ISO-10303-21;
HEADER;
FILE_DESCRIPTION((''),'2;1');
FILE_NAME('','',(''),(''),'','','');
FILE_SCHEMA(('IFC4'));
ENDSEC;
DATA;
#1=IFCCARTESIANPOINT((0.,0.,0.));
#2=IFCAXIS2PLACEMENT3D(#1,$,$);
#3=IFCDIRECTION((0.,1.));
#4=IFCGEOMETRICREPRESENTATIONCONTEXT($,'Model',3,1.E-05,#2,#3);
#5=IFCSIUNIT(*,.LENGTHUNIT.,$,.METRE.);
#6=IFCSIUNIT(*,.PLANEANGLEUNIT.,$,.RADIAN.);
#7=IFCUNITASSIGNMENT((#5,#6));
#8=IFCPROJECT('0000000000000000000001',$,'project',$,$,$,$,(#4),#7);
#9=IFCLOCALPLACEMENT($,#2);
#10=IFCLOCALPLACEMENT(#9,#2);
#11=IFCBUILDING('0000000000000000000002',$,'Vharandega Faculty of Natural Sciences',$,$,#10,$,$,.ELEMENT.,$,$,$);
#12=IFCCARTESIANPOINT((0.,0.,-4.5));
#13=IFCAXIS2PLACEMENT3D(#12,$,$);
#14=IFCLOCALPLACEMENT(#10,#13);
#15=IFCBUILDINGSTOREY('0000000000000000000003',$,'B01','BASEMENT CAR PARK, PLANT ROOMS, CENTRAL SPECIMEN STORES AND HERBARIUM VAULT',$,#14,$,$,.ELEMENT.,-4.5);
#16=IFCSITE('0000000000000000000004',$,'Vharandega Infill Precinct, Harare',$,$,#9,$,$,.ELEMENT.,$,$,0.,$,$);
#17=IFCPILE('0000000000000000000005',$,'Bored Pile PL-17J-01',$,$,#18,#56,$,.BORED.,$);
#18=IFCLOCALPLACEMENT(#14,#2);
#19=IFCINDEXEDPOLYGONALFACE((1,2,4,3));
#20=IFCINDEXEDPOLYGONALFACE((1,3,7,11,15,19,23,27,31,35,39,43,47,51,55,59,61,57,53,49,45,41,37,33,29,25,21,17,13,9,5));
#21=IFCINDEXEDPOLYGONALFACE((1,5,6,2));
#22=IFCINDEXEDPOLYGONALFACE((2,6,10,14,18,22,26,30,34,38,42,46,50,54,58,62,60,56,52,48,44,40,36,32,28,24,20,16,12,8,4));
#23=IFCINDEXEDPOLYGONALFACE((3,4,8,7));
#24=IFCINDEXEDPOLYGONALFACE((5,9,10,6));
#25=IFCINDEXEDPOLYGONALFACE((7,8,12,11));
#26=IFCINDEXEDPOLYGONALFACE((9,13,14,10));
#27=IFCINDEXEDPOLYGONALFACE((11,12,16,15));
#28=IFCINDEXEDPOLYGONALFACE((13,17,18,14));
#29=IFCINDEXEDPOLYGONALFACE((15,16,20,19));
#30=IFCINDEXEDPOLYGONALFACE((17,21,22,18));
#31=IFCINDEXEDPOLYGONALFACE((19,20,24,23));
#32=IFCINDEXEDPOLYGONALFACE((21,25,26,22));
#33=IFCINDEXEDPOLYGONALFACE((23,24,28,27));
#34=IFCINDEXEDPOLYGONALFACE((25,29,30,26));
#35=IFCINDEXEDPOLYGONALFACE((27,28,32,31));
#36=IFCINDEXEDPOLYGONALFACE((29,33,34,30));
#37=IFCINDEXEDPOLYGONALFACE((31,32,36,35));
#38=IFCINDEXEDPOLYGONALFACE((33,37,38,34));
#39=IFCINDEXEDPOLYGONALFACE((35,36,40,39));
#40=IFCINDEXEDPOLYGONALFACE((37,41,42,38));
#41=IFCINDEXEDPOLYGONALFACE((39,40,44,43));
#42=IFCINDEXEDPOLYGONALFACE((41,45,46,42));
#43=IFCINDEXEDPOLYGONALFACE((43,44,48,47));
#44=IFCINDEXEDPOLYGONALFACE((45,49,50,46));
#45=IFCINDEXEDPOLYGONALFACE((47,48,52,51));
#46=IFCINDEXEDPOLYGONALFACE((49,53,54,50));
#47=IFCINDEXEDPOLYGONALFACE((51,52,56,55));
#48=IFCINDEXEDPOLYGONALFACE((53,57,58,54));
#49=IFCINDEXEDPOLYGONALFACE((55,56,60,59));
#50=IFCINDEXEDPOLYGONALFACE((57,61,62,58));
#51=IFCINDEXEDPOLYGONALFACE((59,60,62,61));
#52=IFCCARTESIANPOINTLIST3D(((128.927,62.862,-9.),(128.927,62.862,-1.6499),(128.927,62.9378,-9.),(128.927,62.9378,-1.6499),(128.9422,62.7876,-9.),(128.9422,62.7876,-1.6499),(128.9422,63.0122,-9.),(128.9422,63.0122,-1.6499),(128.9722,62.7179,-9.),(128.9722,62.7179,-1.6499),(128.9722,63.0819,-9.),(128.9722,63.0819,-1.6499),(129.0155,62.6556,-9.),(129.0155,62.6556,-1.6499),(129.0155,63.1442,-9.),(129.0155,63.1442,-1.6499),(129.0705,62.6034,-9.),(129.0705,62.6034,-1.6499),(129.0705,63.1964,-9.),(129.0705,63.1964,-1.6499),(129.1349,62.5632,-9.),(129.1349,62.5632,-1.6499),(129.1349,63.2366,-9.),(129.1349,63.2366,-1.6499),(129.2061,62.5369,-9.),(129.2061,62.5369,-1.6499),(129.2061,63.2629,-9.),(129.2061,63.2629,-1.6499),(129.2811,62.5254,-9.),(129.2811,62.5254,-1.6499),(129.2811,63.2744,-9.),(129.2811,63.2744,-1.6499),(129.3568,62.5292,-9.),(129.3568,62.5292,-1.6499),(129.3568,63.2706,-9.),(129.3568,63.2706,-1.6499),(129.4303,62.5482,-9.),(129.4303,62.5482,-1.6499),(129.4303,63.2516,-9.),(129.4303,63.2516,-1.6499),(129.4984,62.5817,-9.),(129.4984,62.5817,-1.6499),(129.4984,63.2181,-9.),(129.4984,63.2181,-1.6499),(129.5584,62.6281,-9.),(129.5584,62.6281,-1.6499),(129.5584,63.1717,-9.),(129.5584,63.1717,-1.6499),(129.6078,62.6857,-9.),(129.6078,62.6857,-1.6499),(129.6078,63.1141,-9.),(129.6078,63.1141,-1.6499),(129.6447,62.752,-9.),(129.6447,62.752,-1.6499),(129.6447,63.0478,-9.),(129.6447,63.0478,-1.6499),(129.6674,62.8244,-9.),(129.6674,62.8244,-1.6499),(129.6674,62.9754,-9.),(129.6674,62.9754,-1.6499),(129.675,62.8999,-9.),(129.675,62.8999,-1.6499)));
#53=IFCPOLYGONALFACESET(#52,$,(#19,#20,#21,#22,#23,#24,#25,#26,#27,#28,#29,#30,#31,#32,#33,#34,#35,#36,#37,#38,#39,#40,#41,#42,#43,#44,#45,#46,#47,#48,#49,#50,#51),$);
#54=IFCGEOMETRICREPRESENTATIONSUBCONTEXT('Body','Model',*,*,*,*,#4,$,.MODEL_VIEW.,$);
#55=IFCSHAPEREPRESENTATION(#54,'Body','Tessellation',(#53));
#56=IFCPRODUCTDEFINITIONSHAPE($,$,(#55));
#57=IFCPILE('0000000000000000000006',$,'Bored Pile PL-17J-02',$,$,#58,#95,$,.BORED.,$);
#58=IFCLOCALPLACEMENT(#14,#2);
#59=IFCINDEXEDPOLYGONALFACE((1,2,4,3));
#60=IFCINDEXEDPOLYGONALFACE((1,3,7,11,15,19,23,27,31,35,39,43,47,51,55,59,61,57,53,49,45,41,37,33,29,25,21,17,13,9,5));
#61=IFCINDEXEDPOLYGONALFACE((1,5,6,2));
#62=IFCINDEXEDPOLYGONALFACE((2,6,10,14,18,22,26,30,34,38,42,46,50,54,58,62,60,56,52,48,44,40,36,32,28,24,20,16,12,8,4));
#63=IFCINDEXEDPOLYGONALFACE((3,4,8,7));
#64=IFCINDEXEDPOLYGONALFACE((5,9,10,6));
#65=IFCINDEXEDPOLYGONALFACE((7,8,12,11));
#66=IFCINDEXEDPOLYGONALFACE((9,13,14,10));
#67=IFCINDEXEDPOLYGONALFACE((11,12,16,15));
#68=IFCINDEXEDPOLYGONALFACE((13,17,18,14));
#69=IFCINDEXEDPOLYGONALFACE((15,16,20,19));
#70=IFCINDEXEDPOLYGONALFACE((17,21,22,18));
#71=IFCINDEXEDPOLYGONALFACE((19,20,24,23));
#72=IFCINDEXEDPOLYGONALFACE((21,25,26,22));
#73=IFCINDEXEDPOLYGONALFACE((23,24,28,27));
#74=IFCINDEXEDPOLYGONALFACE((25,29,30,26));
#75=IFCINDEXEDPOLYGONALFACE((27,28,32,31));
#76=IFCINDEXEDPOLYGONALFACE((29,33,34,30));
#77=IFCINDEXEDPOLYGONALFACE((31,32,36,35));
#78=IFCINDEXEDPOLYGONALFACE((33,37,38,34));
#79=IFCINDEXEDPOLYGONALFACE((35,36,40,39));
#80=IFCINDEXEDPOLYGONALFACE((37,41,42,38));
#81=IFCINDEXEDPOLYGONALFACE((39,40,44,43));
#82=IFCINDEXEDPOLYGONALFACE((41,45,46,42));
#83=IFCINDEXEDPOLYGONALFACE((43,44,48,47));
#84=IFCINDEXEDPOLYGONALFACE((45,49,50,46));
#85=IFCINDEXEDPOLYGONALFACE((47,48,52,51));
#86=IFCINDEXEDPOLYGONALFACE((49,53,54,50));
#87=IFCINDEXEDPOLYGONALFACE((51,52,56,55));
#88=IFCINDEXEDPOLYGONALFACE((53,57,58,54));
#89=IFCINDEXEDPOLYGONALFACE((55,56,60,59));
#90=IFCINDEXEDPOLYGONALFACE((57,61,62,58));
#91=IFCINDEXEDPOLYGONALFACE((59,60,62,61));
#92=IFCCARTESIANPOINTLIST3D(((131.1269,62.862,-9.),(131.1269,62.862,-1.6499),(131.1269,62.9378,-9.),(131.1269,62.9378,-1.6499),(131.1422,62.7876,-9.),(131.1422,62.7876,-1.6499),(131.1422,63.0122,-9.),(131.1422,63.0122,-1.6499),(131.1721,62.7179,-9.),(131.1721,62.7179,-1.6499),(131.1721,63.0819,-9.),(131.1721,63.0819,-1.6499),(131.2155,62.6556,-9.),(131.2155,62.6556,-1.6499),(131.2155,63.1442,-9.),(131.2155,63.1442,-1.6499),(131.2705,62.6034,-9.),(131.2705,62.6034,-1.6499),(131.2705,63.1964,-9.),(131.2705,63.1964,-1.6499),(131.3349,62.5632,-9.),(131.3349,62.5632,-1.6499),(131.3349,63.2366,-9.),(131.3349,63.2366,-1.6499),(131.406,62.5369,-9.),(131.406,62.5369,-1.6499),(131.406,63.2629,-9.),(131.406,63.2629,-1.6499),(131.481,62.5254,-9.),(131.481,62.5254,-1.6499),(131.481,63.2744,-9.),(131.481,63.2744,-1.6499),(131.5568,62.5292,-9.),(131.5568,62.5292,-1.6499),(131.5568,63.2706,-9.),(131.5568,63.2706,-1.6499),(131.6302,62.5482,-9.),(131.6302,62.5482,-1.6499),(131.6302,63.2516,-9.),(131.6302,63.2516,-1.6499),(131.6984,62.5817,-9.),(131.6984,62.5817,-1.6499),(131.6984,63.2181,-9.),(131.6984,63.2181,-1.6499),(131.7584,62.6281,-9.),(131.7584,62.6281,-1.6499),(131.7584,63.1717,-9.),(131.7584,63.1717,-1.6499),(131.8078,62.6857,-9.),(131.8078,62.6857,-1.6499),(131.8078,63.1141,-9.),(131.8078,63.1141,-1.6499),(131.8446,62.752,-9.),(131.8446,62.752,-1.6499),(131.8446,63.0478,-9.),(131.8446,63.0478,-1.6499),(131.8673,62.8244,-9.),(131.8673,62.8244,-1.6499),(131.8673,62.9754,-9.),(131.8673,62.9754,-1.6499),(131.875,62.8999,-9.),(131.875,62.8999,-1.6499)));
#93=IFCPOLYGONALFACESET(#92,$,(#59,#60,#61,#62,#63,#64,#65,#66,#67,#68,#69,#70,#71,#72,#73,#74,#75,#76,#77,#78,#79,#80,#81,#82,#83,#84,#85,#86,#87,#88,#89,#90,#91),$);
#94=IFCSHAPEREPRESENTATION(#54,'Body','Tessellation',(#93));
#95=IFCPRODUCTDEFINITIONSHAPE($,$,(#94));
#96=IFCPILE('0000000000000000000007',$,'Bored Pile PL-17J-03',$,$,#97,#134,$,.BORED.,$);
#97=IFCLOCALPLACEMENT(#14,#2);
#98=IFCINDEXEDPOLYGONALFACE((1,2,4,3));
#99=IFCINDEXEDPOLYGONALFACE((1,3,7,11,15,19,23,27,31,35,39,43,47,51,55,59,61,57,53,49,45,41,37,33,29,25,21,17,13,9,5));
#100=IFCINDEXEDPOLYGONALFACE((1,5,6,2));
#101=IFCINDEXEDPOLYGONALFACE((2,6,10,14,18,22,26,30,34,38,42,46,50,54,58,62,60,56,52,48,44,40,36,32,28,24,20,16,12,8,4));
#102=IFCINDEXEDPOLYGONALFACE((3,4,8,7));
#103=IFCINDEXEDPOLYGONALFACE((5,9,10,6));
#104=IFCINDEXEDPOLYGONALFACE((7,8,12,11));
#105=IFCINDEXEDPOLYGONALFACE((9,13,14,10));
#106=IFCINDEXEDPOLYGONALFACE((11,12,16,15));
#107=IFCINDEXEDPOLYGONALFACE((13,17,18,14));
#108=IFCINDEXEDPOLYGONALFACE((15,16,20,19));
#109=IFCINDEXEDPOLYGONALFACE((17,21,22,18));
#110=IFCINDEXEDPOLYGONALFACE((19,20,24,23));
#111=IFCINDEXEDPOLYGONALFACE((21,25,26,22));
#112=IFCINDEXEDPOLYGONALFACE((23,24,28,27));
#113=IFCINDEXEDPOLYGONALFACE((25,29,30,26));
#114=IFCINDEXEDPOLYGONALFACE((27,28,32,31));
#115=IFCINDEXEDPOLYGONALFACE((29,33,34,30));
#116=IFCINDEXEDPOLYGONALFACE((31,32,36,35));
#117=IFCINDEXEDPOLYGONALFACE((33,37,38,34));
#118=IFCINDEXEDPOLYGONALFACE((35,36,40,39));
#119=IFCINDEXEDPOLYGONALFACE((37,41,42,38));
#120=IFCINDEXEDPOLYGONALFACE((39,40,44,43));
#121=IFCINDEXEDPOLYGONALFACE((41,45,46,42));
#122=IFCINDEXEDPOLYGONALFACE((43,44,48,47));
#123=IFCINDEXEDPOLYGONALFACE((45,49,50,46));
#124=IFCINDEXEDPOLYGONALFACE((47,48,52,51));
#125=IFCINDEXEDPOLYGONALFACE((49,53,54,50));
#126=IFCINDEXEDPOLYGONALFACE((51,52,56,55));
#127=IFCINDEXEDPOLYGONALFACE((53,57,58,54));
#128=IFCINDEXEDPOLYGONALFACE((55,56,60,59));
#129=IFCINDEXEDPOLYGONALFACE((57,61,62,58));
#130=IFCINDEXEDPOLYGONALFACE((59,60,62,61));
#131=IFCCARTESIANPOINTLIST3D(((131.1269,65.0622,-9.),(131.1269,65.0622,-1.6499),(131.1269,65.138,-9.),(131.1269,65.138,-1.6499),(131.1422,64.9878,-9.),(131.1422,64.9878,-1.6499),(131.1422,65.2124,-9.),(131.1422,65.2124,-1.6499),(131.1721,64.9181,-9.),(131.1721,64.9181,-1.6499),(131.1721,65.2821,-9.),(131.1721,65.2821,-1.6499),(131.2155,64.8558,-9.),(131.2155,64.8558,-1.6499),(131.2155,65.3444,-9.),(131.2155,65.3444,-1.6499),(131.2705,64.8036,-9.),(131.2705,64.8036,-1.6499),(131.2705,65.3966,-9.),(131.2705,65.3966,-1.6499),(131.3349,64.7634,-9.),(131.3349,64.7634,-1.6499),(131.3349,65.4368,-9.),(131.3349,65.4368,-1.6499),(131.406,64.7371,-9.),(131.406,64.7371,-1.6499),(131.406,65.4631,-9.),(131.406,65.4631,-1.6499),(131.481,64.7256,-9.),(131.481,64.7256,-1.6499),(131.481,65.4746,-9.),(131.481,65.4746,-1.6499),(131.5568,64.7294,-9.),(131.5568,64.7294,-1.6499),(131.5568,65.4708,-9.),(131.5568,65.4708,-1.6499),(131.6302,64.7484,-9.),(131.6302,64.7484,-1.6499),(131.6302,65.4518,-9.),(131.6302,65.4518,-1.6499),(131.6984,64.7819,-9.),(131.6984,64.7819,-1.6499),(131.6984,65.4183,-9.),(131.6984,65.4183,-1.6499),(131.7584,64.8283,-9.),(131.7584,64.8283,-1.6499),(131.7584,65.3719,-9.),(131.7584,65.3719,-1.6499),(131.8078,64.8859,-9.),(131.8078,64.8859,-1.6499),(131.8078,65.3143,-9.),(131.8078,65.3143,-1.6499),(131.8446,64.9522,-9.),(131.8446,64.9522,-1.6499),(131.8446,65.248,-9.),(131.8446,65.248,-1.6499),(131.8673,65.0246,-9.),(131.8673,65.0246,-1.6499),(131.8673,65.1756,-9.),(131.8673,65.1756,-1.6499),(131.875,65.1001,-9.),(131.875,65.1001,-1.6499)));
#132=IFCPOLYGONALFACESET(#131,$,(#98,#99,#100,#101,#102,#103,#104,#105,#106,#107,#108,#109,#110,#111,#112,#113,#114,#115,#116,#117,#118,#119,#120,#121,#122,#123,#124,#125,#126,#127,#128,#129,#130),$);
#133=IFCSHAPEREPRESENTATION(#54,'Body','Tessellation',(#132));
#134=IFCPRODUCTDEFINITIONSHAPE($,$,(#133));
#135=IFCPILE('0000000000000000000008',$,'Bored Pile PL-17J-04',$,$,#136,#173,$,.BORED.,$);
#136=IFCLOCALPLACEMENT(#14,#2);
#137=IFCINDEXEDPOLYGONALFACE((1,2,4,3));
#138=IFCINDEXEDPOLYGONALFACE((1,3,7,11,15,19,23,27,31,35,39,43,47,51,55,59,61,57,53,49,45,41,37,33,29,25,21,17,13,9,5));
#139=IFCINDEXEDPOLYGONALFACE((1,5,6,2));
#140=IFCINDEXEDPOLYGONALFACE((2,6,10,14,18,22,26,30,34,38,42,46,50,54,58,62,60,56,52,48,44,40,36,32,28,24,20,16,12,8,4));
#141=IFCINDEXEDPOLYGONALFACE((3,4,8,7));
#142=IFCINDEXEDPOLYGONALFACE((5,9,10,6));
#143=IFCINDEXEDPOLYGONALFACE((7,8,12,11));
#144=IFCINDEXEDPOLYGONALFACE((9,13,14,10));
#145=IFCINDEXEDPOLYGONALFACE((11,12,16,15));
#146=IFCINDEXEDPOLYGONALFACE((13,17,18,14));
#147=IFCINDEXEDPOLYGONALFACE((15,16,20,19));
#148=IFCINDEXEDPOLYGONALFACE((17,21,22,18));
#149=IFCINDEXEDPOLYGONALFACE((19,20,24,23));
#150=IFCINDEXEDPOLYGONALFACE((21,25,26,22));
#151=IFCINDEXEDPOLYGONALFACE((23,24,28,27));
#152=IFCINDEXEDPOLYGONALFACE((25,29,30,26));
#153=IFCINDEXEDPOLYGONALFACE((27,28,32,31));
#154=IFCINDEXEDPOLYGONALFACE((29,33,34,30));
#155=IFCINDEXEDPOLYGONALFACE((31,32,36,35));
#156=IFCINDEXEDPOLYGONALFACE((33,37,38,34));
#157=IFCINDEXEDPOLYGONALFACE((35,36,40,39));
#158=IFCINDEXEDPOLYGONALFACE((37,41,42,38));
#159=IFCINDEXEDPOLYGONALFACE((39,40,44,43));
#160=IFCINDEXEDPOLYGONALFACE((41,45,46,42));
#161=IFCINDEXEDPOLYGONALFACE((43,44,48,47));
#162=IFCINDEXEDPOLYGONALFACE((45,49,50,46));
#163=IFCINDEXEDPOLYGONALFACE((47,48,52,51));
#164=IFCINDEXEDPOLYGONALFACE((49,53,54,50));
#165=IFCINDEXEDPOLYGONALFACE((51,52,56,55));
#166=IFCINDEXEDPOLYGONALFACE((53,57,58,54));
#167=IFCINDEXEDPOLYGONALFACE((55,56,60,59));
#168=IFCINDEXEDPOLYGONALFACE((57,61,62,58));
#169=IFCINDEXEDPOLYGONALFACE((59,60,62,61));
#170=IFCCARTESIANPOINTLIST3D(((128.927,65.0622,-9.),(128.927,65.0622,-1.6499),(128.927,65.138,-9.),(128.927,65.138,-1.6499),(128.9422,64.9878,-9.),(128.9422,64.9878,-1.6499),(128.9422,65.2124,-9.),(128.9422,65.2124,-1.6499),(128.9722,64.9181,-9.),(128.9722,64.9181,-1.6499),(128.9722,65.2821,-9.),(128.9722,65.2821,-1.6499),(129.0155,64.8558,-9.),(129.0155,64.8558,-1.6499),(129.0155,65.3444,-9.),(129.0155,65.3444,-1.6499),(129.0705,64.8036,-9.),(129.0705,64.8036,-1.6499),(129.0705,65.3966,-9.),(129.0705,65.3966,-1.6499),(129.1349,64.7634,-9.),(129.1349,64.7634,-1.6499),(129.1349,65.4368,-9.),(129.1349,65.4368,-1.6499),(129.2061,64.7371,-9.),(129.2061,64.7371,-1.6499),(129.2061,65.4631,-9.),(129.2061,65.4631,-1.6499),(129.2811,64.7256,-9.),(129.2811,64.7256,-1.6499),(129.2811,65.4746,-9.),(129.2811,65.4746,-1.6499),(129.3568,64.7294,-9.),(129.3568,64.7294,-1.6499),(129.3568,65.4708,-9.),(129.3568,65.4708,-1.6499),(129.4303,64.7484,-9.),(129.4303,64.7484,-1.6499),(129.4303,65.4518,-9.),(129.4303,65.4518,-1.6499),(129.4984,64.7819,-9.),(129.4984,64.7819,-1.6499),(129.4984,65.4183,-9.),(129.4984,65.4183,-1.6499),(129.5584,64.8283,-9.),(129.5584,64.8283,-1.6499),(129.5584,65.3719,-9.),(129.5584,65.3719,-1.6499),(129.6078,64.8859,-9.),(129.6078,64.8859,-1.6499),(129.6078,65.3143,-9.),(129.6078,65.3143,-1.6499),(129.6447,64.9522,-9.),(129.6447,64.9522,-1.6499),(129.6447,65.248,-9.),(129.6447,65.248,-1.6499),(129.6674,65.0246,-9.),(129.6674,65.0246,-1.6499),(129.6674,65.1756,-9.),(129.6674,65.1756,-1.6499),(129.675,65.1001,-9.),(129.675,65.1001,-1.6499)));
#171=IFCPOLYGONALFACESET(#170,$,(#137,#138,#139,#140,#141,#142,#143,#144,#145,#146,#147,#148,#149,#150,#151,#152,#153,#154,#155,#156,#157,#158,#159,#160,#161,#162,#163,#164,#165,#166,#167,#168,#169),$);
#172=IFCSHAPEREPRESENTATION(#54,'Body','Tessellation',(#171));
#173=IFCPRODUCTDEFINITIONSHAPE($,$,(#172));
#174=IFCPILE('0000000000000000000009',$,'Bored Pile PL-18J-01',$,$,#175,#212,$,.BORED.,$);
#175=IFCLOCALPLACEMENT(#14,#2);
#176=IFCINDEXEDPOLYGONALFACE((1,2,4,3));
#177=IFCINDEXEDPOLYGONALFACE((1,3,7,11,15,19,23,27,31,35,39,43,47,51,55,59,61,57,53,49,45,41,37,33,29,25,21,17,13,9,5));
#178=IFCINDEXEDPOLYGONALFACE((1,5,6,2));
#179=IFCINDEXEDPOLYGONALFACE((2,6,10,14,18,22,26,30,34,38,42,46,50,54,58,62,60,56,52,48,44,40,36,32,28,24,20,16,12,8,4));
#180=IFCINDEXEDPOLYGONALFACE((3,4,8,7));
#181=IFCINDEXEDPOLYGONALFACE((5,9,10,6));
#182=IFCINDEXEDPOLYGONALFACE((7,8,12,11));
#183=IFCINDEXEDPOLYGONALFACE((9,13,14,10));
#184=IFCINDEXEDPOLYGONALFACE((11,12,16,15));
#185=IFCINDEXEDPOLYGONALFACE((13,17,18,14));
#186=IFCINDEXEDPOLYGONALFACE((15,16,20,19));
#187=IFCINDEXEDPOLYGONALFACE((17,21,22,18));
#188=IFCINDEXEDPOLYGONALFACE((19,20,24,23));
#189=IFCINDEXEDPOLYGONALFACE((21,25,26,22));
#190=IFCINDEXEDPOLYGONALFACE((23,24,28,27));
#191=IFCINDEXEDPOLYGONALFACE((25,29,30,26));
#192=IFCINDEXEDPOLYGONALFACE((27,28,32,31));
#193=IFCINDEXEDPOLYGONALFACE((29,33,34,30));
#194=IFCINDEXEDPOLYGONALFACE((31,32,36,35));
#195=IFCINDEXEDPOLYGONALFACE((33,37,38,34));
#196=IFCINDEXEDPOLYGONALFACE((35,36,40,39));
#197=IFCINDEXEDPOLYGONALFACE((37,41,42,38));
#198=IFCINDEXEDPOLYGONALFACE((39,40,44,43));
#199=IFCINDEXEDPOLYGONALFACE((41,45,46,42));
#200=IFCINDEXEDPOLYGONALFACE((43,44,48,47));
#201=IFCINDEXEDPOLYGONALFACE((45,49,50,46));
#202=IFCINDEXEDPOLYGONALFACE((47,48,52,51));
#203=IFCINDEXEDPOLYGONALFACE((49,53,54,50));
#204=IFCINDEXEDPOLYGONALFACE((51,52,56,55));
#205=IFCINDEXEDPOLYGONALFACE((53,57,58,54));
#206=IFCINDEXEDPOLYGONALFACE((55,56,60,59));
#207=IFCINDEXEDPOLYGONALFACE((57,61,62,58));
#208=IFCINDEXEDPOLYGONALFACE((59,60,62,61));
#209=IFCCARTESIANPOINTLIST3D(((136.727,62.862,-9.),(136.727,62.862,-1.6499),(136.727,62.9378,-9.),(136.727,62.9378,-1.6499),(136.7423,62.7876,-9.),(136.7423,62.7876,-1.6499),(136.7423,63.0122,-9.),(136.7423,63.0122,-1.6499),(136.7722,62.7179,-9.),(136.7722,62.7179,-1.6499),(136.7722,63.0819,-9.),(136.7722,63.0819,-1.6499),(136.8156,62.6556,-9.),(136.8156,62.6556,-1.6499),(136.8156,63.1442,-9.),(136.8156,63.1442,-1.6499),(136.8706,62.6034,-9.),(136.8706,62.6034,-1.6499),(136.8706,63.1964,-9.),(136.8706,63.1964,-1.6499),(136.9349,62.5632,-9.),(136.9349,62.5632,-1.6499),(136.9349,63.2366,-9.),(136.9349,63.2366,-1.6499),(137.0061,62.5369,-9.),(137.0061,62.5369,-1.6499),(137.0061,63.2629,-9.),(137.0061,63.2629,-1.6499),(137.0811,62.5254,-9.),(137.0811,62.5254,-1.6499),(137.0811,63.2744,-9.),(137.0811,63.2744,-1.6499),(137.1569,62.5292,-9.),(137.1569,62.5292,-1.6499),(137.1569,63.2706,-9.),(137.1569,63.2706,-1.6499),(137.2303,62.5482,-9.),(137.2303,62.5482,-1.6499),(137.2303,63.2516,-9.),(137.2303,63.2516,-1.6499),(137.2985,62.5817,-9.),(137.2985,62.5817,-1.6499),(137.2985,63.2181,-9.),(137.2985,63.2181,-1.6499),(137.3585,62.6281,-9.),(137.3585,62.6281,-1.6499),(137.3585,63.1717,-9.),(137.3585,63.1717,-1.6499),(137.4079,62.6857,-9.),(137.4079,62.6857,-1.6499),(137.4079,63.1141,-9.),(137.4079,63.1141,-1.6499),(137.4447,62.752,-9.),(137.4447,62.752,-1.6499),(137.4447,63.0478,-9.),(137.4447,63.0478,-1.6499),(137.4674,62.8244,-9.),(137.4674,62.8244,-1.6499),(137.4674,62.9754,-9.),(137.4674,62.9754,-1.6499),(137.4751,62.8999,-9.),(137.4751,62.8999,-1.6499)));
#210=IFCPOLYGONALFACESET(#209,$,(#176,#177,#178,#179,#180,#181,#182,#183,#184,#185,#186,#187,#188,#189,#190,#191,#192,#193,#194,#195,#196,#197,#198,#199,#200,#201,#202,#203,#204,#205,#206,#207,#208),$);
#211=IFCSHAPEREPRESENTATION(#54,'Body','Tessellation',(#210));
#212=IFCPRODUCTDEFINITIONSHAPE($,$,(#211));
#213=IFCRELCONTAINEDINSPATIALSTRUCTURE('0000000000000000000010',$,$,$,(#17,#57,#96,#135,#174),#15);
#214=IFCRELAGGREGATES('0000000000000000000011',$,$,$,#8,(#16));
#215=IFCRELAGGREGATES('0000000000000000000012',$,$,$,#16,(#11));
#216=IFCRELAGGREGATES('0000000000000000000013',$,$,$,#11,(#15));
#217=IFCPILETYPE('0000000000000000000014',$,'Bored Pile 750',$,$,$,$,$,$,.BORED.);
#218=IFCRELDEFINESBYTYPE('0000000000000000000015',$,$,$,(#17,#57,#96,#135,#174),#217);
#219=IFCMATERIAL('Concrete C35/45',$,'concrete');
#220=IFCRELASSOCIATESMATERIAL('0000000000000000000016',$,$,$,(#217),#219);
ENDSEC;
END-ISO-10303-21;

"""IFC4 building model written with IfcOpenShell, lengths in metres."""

from ifc_helpers import new_model, si_unit, direction, frame, origin, origin_2d, place, context, subcontext, project, spatial, circle, extrude, material, material_profile, profile_set, type_object, element, save


model = new_model("IFC4")

# Units and contexts
model_context = context("Model", 3, precision=1e-05, world=origin(), true_north=direction((0.0, 1.0)))
body_context = subcontext(model_context, "Body", "Model", "MODEL_VIEW")
ifc_project = project(units=[si_unit("LENGTHUNIT", "METRE"), si_unit("PLANEANGLEUNIT", "RADIAN")], contexts=[model_context])

# Site, building, storey
site_placement = place(None, origin())
site = spatial("IfcSite", under=ifc_project, at=site_placement, Name="Vharandega Infill Precinct, Harare", CompositionType="ELEMENT", RefElevation=0.0)
building_placement = place(site_placement, origin())
building = spatial("IfcBuilding", under=site, at=building_placement, Name="Vharandega Faculty of Natural Sciences", CompositionType="ELEMENT")
storey_placement = place(building_placement, frame((0.0, 0.0, -4.5)))
storey = spatial("IfcBuildingStorey", under=building, at=storey_placement, Name="B01", Description="BASEMENT CAR PARK, PLANT ROOMS, CENTRAL SPECIMEN STORES AND HERBARIUM VAULT", CompositionType="ELEMENT", Elevation=-4.5)

# Piles
ifc_material_1 = material(Name="Concrete C35/45", Category="concrete")
ifc_material_profile_1 = material_profile(ifc_material_1, circle(Radius=0.375, at=origin_2d()), Name="PILE 750")
ifc_profile_set_1 = profile_set([ifc_material_profile_1], Name="Concrete C35/45")
pile_type_1 = type_object("IfcPileType", Name="Bored Pile 750", PredefinedType="BORED", material=ifc_profile_set_1)
for number, where, z_axis, x_axis, name in (
    (1, (129.3, 62.8999, -1.6499), (0.0, 0.0, -1.0), (1.0, 0.0, 0.0), "Bored Pile PL-17J-01"),
    (2, (131.5, 62.8999, -1.6499), (0.0, 0.0, -1.0), (1.0, 0.0, 0.0), "Bored Pile PL-17J-02"),
    (3, (131.5, 65.1001, -1.6499), (0.0, 0.0, -1.0), (1.0, 0.0, 0.0), "Bored Pile PL-17J-03"),
    (4, (129.3, 65.1001, -1.6499), (0.0, 0.0, -1.0), (1.0, 0.0, 0.0), "Bored Pile PL-17J-04"),
    (5, (137.1001, 62.8999, -1.6499), (0.0, 0.0, -1.0), (1.0, 0.0, 0.0), "Bored Pile PL-18J-01"),
):
    element("IfcPile", number, at=place(storey_placement, frame(where, z_axis=z_axis, x_axis=x_axis)), inside=storey, type_object=pile_type_1, Name=name, PredefinedType="BORED", context=body_context, shape_type="SweptSolid", body=[
        extrude(circle(Radius=0.375, at=origin_2d()), origin(), (0.0, 0.0, 1.0), 7.3501),
    ])

save(model, "model.ifc")
